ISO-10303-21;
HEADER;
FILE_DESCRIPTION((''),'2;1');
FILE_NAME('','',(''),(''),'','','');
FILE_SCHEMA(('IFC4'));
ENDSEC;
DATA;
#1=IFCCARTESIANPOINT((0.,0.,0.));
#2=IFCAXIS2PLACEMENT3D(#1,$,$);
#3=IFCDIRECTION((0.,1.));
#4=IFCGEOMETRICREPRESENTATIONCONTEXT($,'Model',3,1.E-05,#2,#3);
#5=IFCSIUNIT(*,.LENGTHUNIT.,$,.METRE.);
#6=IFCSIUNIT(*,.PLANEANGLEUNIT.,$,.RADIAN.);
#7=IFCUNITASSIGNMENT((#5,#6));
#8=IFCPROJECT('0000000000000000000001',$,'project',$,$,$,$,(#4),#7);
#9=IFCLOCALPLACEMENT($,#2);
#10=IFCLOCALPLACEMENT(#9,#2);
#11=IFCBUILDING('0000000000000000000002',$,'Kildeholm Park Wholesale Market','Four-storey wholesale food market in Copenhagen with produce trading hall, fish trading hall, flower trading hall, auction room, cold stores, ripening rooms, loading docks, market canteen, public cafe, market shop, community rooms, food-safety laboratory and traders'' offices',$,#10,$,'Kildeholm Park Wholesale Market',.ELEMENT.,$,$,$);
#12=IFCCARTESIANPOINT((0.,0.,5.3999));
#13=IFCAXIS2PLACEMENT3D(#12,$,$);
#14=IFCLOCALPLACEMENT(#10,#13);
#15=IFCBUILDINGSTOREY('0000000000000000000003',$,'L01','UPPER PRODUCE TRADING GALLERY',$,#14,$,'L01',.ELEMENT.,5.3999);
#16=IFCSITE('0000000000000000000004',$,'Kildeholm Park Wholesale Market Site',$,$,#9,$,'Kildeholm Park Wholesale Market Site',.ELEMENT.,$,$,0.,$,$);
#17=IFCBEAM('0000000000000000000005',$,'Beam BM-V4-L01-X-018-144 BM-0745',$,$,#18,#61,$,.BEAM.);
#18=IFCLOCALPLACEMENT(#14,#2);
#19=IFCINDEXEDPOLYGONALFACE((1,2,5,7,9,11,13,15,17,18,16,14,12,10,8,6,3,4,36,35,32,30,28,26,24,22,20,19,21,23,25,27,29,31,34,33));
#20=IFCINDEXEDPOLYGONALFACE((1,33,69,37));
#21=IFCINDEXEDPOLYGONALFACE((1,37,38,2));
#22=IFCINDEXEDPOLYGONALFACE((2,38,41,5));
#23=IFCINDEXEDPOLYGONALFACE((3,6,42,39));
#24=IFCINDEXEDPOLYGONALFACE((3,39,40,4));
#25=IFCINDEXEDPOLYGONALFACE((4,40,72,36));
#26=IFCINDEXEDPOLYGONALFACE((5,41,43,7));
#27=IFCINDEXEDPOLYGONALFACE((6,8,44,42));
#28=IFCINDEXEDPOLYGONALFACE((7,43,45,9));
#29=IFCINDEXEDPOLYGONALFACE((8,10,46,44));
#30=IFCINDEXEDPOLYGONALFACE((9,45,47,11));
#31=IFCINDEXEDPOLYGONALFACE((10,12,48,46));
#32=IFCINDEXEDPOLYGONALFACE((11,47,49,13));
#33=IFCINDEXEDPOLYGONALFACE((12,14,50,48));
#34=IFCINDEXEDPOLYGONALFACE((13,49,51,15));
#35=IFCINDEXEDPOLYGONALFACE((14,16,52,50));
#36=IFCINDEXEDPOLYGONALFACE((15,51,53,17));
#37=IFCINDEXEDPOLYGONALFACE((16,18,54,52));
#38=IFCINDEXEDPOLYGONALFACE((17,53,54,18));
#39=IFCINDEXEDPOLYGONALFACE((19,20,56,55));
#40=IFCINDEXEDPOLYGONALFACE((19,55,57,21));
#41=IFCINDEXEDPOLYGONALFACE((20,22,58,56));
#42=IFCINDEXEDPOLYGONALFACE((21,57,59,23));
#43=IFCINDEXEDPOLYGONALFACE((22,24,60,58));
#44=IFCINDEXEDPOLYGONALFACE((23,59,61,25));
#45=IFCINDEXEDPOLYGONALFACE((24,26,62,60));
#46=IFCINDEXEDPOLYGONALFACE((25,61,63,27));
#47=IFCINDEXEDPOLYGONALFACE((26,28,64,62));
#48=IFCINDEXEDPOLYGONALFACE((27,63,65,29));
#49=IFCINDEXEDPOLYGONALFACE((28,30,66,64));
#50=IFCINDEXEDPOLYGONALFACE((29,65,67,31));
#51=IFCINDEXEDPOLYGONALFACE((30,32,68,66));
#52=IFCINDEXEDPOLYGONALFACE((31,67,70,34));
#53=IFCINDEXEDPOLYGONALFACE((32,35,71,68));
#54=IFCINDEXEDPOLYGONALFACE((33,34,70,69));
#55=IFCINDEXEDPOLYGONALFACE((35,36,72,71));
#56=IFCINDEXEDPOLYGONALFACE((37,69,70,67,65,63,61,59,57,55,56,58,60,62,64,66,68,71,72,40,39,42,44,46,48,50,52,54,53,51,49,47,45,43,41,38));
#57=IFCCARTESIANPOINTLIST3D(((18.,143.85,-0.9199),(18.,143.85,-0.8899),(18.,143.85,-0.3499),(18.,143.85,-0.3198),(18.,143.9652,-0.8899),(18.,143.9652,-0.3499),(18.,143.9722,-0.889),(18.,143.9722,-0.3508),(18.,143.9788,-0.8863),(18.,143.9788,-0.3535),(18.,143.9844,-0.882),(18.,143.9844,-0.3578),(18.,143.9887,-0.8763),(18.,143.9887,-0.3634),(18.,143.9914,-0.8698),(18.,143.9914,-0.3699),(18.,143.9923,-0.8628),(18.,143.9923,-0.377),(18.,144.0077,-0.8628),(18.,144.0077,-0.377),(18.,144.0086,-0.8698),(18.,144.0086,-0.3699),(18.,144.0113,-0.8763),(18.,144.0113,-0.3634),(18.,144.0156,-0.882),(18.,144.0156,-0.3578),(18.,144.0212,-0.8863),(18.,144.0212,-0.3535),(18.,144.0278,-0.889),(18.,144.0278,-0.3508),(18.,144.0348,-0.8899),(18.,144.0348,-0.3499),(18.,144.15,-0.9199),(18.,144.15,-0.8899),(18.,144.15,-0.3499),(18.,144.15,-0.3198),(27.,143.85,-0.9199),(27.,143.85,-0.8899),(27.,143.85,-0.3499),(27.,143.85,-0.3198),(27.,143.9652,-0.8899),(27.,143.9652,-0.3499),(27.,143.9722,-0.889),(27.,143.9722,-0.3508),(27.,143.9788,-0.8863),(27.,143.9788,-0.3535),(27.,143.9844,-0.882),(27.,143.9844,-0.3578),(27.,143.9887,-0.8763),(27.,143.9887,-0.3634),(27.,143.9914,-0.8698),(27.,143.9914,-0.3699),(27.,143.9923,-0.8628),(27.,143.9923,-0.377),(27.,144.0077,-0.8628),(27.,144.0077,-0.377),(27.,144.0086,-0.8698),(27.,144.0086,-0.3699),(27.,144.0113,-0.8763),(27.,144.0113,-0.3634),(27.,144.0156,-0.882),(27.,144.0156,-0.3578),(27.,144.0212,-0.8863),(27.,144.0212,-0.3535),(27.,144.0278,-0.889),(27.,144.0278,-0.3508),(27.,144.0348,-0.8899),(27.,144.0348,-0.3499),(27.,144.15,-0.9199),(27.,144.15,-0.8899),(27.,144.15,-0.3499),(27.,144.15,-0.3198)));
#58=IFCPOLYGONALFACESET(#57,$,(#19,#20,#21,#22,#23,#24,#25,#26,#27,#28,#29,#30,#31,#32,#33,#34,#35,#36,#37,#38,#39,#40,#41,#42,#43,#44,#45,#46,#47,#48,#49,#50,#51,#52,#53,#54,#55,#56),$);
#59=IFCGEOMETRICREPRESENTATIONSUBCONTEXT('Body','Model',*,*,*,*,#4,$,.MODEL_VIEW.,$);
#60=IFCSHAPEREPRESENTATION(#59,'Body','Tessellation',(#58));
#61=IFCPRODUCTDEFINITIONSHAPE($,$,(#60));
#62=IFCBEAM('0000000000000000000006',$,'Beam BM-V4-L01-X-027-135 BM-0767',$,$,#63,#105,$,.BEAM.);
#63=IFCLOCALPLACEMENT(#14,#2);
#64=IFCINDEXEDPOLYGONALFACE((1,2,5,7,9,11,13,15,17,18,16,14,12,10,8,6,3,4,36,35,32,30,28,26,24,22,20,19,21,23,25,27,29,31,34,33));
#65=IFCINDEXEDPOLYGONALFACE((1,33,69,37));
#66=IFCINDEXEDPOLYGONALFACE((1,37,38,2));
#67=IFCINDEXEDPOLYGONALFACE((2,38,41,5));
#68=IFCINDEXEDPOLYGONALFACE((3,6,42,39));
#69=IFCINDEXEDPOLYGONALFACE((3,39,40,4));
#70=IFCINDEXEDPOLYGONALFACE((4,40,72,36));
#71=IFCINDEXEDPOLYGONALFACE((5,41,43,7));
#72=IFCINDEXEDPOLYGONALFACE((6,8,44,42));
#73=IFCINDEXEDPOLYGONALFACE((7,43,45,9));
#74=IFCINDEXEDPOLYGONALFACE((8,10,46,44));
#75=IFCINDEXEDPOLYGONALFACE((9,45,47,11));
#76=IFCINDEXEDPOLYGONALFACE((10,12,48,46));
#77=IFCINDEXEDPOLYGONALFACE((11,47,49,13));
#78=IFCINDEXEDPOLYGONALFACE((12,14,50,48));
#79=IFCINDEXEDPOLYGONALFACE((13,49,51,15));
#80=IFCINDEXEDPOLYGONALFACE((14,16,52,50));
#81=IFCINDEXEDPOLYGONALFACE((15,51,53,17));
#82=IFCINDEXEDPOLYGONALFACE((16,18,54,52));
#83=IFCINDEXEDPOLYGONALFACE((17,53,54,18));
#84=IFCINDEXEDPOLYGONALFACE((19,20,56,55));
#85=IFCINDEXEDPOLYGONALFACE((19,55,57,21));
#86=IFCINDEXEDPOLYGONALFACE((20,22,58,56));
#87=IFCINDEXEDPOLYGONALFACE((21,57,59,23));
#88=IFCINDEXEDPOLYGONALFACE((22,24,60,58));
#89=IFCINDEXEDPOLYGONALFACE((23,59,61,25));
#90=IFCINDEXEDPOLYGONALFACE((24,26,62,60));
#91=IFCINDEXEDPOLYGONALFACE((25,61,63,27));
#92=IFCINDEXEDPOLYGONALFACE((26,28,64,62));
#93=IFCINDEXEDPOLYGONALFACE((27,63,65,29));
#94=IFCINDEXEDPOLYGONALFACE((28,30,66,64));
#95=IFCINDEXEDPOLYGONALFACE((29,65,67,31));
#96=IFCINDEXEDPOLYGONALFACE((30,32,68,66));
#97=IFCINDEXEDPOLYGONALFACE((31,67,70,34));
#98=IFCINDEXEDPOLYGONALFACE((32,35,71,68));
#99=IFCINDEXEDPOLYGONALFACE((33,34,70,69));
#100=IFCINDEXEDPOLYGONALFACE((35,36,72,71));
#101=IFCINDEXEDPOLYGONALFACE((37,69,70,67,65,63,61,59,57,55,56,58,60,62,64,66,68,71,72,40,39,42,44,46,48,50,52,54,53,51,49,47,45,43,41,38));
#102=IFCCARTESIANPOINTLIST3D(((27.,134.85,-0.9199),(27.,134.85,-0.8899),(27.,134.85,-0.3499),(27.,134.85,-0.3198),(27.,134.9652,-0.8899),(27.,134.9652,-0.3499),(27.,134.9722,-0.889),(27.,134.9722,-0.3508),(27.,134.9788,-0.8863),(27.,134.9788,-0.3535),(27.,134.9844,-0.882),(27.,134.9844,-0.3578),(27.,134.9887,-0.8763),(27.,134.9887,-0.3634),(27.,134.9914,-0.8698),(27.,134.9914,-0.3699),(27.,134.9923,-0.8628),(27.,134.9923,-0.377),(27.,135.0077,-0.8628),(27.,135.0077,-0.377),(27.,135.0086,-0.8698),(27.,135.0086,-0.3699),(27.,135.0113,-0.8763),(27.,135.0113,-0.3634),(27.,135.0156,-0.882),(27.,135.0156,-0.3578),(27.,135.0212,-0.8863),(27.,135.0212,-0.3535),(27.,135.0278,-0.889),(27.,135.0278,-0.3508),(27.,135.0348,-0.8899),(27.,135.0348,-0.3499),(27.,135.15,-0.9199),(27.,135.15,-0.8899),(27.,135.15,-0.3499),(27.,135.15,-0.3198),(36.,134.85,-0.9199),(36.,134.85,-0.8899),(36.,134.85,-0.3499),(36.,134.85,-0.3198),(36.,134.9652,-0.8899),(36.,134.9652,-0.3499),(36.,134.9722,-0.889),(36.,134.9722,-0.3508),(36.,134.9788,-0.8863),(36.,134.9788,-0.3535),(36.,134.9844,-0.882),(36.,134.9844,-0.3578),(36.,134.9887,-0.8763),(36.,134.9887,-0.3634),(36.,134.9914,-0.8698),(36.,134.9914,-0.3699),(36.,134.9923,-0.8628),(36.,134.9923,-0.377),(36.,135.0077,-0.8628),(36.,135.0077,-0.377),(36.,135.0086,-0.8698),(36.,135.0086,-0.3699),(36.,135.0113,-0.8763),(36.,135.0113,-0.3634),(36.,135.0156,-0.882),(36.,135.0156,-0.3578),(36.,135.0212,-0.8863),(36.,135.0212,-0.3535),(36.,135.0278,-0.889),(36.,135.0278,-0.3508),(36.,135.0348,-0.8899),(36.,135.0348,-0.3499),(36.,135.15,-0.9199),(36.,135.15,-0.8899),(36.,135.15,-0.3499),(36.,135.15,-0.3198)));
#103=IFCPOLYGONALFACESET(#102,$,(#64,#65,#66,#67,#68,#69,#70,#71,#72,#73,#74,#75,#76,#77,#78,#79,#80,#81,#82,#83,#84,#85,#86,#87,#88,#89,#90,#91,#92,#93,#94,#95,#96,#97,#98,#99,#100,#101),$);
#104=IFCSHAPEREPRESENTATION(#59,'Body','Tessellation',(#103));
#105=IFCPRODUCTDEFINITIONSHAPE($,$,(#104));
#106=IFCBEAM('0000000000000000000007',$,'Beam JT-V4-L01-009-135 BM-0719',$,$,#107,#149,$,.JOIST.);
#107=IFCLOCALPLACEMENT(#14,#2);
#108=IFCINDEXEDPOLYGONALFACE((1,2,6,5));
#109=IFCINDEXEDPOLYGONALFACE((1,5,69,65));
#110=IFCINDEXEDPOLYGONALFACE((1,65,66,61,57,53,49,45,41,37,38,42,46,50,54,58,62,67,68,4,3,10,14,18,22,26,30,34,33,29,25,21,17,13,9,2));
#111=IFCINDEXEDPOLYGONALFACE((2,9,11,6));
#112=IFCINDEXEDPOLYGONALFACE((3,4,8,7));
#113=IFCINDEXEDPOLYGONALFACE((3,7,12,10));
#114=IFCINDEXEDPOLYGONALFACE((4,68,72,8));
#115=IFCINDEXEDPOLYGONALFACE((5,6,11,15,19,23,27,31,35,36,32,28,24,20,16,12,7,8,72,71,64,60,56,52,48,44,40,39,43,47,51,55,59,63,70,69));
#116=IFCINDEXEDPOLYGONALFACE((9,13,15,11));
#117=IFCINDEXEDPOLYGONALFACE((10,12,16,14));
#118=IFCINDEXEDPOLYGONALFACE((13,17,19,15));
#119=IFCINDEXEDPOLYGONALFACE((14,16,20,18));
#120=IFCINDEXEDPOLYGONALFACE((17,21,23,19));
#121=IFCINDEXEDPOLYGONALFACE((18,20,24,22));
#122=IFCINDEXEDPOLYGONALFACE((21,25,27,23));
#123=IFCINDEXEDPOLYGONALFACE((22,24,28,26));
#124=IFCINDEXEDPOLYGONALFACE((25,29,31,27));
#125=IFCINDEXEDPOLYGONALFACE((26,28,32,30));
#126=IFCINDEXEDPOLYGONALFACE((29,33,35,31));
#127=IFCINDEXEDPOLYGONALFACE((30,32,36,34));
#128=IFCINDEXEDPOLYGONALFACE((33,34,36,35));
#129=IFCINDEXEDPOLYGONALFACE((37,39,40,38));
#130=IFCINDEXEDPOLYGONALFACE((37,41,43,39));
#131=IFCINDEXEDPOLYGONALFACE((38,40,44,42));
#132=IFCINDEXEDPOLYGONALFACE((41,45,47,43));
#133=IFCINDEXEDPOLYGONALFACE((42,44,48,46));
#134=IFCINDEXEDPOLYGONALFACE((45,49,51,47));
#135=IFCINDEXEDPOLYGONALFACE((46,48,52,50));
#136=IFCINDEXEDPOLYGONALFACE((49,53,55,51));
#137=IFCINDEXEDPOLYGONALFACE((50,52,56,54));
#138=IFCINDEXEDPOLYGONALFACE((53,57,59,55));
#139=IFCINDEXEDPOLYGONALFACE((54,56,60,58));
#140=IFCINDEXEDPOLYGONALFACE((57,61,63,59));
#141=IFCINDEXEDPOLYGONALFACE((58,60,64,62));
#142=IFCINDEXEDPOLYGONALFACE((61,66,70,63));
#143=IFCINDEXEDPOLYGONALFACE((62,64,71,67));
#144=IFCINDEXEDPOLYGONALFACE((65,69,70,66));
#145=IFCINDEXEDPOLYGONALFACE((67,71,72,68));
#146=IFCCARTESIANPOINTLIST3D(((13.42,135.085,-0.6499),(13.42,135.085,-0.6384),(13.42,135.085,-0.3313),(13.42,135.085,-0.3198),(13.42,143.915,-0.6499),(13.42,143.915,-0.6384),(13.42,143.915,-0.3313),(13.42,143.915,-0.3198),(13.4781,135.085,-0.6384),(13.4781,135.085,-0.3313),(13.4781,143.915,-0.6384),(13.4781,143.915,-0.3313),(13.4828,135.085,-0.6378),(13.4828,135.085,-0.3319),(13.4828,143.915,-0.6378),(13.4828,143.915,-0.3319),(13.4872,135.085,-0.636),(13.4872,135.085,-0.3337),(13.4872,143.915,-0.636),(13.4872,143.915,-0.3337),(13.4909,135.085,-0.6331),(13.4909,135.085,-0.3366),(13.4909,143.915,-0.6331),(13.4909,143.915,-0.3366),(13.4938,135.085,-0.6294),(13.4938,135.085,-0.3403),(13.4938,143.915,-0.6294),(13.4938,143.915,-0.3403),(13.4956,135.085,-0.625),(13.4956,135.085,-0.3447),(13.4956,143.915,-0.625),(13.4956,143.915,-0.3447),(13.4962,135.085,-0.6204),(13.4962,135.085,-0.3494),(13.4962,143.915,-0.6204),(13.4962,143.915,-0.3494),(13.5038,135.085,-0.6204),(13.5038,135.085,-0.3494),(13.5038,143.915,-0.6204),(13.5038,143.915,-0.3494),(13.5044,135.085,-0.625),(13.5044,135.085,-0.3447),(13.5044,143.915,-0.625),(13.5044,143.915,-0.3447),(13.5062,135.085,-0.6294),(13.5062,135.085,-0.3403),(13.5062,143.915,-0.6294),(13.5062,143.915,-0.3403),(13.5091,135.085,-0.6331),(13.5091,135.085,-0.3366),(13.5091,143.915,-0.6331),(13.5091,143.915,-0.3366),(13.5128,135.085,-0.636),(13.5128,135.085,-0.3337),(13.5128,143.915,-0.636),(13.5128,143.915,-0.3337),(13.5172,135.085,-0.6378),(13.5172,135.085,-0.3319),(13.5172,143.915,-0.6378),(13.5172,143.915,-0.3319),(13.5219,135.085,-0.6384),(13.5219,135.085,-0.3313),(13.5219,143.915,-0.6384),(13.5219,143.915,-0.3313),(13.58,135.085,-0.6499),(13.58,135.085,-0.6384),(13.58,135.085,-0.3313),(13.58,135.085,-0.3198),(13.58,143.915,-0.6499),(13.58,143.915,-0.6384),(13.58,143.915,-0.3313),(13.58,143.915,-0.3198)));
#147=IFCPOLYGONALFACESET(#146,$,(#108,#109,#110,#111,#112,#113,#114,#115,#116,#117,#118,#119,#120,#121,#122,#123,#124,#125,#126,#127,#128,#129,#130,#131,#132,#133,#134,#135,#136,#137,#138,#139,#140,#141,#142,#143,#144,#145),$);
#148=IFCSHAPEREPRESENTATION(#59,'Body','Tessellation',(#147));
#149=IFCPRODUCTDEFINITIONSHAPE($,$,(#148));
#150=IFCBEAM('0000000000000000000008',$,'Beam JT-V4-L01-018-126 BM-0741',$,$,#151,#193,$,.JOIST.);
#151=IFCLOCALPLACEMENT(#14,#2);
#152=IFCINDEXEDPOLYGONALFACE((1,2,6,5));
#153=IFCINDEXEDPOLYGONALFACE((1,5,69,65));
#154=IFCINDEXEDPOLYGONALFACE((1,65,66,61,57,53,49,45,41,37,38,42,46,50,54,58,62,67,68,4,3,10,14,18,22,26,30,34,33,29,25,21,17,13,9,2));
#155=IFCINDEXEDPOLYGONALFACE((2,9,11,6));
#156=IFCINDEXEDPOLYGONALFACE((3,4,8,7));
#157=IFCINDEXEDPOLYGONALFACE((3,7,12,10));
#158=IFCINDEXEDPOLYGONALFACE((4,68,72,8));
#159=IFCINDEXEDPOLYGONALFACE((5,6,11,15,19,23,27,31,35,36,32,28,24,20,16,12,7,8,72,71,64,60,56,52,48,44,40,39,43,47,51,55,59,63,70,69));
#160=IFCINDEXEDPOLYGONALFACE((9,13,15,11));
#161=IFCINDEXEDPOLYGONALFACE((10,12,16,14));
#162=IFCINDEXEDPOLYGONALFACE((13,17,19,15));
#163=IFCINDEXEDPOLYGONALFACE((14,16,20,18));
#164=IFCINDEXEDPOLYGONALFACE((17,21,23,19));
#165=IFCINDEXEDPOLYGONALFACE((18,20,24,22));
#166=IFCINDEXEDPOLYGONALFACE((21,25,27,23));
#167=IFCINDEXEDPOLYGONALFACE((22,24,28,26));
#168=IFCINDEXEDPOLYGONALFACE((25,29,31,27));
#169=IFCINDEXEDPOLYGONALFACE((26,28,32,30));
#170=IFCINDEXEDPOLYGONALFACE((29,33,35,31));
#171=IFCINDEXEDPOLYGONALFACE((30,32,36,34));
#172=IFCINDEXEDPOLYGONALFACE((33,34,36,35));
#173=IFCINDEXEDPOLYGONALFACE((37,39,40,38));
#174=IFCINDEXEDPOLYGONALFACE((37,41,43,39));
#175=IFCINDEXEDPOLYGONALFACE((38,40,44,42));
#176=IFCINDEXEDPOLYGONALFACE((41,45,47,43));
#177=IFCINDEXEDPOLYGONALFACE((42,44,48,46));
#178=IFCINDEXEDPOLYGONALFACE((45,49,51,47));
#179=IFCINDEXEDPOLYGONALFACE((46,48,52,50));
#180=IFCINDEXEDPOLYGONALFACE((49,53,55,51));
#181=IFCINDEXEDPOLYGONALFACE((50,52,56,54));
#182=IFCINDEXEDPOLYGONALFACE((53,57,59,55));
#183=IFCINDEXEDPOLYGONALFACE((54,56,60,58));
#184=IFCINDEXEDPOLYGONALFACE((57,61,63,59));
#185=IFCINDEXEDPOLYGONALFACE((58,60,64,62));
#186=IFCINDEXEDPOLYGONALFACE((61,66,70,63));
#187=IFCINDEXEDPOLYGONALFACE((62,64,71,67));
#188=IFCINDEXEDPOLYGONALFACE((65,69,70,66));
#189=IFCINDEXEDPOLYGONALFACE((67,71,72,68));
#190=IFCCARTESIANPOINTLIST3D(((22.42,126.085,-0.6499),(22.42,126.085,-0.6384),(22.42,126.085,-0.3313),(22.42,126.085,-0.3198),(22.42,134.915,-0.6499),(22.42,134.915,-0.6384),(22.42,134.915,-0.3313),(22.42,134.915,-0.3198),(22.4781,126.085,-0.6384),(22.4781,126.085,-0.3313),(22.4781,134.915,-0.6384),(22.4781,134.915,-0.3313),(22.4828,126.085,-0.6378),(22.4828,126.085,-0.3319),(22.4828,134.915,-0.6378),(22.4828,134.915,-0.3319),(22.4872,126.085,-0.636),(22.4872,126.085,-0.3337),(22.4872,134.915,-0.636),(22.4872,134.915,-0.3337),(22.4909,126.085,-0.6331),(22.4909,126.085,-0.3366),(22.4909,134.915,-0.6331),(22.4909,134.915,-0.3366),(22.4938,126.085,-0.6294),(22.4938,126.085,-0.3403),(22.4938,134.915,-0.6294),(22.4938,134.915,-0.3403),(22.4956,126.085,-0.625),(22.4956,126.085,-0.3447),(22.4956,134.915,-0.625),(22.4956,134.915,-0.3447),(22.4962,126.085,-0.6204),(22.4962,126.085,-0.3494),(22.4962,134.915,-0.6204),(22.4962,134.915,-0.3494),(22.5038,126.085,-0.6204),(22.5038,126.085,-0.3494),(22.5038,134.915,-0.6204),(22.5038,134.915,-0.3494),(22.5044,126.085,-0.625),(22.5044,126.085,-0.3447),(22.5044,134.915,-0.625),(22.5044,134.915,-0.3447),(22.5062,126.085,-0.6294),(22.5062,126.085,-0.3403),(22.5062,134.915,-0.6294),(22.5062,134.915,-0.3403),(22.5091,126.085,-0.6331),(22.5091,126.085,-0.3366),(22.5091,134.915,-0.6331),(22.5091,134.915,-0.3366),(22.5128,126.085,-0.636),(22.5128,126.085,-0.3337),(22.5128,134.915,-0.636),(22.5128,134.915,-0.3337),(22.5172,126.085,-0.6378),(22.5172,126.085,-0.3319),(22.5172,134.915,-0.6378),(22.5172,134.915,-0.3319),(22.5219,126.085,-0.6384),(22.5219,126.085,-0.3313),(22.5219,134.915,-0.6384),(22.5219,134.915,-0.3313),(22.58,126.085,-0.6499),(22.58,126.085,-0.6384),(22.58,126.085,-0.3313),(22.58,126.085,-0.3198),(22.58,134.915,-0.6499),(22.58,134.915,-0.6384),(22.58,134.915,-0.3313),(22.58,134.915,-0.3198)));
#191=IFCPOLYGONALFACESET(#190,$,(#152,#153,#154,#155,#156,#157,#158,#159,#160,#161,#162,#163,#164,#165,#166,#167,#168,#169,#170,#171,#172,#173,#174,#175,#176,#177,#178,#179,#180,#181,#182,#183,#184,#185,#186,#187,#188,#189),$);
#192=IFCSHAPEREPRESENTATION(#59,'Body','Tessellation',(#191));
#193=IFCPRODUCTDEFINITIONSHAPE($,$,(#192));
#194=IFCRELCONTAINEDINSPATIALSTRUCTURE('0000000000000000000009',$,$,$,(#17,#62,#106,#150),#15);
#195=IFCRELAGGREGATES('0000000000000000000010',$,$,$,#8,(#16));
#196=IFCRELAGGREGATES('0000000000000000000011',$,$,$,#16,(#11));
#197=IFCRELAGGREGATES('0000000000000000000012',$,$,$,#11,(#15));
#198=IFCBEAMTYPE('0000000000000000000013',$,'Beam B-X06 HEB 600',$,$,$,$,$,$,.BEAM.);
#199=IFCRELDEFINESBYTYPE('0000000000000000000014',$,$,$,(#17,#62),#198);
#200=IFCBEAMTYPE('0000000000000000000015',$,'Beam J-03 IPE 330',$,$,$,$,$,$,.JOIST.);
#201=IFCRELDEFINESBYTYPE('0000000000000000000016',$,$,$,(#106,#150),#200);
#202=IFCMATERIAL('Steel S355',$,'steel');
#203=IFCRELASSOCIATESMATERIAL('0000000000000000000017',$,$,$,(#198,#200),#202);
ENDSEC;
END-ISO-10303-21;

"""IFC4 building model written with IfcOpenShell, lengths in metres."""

from ifc_helpers import new_model, si_unit, direction, frame, origin, origin_2d, place, context, subcontext, project, spatial, i_section, extrude, material, material_profile, profile_set, type_object, element, save


model = new_model("IFC4")

# Units and contexts
model_context = context("Model", 3, precision=1e-05, world=origin(), true_north=direction((0.0, 1.0)))
body_context = subcontext(model_context, "Body", "Model", "MODEL_VIEW")
ifc_project = project(units=[si_unit("LENGTHUNIT", "METRE"), si_unit("PLANEANGLEUNIT", "RADIAN")], contexts=[model_context])

# Site, building, storey
site_placement = place(None, origin())
site = spatial("IfcSite", under=ifc_project, at=site_placement, Name="Kildeholm Park Wholesale Market Site", LongName="Kildeholm Park Wholesale Market Site", CompositionType="ELEMENT", RefElevation=0.0)
building_placement = place(site_placement, origin())
building = spatial("IfcBuilding", under=site, at=building_placement, Name="Kildeholm Park Wholesale Market", Description="Four-storey wholesale food market in Copenhagen with produce trading hall, fish trading hall, flower trading hall, auction room, cold stores, ripening rooms, loading docks, market canteen, public cafe, market shop, community rooms, food-safety laboratory and traders' offices", LongName="Kildeholm Park Wholesale Market", CompositionType="ELEMENT")
storey_placement = place(building_placement, frame((0.0, 0.0, 5.3999)))
storey = spatial("IfcBuildingStorey", under=building, at=storey_placement, Name="L01", Description="UPPER PRODUCE TRADING GALLERY", LongName="L01", CompositionType="ELEMENT", Elevation=5.3999)

# Beams
ifc_material_1 = material(Name="Steel S355", Category="steel")
ifc_material_profile_1 = material_profile(ifc_material_1, i_section(OverallWidth=0.3, OverallDepth=0.6001, WebThickness=0.0154, FlangeThickness=0.03, FilletRadius=0.0271, at=origin_2d()), Name="HEB 600")
ifc_profile_set_1 = profile_set([ifc_material_profile_1], Name="Steel S355")
beam_type_1 = type_object("IfcBeamType", Name="Beam B-X06 HEB 600", PredefinedType="BEAM", material=ifc_profile_set_1)
for number, where, z_axis, x_axis, name in (
    (1, (18.0, 144.0, -0.6199), (1.0, 0.0, 0.0), (0.0, 1.0, 0.0), "Beam BM-V4-L01-X-018-144 BM-0745"),
    (2, (27.0, 135.0, -0.6199), (1.0, 0.0, 0.0), (0.0, 1.0, 0.0), "Beam BM-V4-L01-X-027-135 BM-0767"),
):
    element("IfcBeam", number, at=place(storey_placement, frame(where, z_axis=z_axis, x_axis=x_axis)), inside=storey, type_object=beam_type_1, Name=name, PredefinedType="BEAM", context=body_context, shape_type="SweptSolid", body=[
        extrude(i_section(OverallWidth=0.3, OverallDepth=0.6001, WebThickness=0.0154, FlangeThickness=0.03, FilletRadius=0.0271, at=origin_2d()), origin(), (0.0, 0.0, 1.0), 9.0),
    ])
ifc_material_profile_2 = material_profile(ifc_material_1, i_section(OverallWidth=0.1599, OverallDepth=0.3301, WebThickness=0.0076, FlangeThickness=0.0115, FilletRadius=0.0181, at=origin_2d()), Name="IPE 330")
ifc_profile_set_2 = profile_set([ifc_material_profile_2], Name="Steel S355")
beam_type_2 = type_object("IfcBeamType", Name="Beam J-03 IPE 330", PredefinedType="JOIST", material=ifc_profile_set_2)
for number, where, z_axis, x_axis, name in (
    (3, (13.5, 135.085, -0.4849), (0.0, 1.0, 0.0), (-1.0, 0.0, 0.0), "Beam JT-V4-L01-009-135 BM-0719"),
    (4, (22.5, 126.085, -0.4849), (0.0, 1.0, 0.0), (-1.0, 0.0, 0.0), "Beam JT-V4-L01-018-126 BM-0741"),
):
    element("IfcBeam", number, at=place(storey_placement, frame(where, z_axis=z_axis, x_axis=x_axis)), inside=storey, type_object=beam_type_2, Name=name, PredefinedType="JOIST", context=body_context, shape_type="SweptSolid", body=[
        extrude(i_section(OverallWidth=0.1599, OverallDepth=0.3301, WebThickness=0.0076, FlangeThickness=0.0115, FilletRadius=0.0181, at=origin_2d()), origin(), (0.0, 0.0, 1.0), 8.8301),
    ])

save(model, "model.ifc")
